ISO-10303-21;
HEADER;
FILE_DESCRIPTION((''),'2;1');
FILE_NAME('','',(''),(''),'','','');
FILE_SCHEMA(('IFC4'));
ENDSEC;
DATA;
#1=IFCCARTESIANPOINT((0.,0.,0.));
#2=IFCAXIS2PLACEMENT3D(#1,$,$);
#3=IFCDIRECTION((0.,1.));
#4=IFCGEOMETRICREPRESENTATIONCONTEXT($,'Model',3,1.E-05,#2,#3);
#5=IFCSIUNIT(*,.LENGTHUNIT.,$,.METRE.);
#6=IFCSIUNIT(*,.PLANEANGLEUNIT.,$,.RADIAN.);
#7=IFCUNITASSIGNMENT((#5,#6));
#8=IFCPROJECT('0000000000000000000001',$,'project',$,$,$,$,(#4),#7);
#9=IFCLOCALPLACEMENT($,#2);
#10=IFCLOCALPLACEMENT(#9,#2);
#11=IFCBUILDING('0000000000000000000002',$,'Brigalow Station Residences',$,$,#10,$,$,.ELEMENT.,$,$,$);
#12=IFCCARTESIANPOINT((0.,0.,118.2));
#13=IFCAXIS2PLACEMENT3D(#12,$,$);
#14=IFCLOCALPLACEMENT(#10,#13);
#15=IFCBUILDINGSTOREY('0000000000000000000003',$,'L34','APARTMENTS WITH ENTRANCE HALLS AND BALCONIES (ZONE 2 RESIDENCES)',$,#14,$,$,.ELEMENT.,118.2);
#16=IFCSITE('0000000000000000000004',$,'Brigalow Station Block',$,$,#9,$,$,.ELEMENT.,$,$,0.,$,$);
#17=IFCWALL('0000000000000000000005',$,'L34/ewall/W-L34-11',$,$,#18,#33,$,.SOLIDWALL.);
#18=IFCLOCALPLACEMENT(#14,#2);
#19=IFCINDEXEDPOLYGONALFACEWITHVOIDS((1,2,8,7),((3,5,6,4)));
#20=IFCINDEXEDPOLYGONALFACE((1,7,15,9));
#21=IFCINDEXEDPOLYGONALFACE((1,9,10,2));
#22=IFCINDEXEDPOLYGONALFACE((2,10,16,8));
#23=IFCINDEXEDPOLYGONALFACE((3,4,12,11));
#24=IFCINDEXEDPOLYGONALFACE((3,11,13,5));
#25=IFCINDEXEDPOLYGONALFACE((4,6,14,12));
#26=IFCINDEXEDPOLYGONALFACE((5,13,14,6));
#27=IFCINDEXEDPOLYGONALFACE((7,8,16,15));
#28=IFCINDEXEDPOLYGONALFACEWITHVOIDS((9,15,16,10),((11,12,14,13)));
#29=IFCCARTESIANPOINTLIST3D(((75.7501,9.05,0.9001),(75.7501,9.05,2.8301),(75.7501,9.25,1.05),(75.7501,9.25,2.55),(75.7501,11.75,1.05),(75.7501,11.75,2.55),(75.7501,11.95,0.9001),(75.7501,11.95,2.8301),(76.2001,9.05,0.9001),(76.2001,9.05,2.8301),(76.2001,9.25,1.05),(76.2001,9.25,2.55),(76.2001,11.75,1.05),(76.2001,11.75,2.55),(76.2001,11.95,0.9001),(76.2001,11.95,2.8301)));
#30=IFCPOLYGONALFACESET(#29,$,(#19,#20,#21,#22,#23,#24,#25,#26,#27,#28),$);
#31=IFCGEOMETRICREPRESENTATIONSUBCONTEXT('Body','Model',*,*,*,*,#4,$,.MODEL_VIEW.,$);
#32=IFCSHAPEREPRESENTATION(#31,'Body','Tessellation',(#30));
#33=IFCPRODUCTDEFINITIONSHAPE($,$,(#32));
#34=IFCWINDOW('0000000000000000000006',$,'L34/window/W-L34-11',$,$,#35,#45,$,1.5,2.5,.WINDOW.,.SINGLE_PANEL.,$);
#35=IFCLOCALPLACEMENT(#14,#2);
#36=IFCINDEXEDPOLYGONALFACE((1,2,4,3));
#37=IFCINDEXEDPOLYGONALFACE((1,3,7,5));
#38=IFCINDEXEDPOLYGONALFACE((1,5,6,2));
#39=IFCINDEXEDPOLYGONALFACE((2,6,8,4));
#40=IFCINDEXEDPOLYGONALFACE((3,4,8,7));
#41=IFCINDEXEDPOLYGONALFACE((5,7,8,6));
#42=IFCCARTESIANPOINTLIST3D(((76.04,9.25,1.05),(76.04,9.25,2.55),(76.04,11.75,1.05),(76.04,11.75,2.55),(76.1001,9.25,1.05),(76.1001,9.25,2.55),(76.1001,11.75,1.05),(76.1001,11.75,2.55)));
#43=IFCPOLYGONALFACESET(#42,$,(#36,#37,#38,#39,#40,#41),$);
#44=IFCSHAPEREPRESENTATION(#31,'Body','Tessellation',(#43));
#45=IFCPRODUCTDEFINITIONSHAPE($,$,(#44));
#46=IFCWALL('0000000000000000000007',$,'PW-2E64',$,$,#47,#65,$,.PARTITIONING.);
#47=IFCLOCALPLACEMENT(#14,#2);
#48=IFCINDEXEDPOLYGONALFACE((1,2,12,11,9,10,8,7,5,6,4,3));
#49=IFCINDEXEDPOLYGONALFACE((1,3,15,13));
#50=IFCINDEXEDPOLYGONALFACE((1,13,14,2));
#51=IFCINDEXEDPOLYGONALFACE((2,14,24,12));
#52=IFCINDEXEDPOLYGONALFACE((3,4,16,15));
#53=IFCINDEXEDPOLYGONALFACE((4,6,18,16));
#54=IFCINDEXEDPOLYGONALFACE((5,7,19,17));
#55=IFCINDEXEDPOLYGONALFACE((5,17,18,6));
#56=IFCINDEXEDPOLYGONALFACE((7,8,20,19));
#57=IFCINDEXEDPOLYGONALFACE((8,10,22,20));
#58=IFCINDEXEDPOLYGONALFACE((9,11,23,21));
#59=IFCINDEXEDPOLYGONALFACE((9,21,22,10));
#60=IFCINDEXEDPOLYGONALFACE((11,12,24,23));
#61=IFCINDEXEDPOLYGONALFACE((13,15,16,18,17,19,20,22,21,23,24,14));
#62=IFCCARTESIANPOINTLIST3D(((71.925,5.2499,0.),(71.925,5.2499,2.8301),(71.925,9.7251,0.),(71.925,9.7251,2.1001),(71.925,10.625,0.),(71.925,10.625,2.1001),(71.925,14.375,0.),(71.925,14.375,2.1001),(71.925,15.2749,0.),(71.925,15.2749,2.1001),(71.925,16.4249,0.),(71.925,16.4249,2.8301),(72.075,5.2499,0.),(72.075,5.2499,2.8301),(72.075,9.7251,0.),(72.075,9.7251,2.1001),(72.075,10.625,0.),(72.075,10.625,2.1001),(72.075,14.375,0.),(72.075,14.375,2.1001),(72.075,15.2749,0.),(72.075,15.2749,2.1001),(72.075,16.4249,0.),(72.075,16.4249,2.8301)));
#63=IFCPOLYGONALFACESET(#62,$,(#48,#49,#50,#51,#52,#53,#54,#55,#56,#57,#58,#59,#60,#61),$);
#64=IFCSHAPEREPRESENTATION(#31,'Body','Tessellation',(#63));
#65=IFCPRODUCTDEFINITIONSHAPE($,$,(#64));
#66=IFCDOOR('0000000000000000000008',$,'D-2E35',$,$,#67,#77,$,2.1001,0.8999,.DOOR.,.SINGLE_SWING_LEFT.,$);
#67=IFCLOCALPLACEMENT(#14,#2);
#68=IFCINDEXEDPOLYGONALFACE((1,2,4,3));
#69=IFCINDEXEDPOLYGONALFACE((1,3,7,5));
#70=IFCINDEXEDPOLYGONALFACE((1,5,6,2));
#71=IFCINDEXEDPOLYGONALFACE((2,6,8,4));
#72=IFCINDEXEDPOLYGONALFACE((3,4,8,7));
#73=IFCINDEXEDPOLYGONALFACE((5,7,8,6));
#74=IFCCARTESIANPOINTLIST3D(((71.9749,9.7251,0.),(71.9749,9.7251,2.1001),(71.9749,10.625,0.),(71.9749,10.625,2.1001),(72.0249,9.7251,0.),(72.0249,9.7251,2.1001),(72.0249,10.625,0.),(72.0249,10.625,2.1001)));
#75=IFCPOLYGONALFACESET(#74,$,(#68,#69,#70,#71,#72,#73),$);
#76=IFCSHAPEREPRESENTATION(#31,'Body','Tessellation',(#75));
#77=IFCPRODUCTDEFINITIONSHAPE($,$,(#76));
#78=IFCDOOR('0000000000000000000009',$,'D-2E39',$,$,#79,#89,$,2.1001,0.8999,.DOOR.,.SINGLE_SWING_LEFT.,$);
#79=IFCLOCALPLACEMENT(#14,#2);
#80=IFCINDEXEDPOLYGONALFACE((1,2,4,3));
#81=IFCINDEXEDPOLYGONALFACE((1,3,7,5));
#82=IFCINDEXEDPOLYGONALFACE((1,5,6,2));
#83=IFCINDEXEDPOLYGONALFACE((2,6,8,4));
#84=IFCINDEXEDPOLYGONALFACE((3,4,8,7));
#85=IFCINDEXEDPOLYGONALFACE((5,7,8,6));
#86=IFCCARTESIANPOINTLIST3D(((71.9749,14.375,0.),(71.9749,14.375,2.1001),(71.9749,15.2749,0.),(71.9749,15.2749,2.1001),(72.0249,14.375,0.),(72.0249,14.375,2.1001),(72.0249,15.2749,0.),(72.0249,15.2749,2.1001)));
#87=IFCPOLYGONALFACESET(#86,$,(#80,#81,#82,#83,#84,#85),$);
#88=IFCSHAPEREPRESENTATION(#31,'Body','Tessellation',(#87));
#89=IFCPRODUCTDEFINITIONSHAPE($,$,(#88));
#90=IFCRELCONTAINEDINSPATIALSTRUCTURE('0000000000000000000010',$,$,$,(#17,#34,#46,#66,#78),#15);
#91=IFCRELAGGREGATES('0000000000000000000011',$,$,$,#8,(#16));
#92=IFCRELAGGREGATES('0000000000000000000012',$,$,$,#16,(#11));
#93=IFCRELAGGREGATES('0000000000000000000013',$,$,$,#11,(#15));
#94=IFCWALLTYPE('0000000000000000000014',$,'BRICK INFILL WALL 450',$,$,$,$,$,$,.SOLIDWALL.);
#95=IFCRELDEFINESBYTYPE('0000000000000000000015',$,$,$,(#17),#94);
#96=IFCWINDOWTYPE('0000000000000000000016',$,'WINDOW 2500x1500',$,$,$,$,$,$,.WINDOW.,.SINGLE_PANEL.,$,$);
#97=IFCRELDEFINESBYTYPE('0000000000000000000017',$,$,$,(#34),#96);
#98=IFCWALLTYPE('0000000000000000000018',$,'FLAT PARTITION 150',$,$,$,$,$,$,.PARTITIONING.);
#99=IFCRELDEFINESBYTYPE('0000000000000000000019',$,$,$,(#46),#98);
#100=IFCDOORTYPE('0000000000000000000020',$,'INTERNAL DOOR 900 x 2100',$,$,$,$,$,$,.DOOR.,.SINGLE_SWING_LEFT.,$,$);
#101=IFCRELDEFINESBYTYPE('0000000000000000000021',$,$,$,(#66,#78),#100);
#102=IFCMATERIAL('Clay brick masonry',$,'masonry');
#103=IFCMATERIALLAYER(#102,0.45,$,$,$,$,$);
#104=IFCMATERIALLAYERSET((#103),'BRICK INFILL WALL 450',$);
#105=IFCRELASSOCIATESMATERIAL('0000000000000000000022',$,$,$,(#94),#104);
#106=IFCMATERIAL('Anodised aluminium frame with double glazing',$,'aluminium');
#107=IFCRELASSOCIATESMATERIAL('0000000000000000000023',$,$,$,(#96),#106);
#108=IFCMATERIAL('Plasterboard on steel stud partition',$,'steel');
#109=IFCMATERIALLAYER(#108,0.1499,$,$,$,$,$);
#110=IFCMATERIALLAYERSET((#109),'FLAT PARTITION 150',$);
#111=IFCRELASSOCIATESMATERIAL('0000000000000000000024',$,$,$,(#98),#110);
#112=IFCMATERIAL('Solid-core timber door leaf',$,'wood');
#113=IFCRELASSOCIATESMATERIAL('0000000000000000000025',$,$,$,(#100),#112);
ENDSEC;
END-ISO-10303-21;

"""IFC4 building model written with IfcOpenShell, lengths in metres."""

from ifc_helpers import new_model, si_unit, direction, frame, frame_2d, origin, place, context, subcontext, project, spatial, rectangle, extrude, material, layer, layer_set, type_object, element, fill, save


model = new_model("IFC4")

# Units and contexts
model_context = context("Model", 3, precision=1e-05, world=origin(), true_north=direction((0.0, 1.0)))
body_context = subcontext(model_context, "Body", "Model", "MODEL_VIEW")
ifc_project = project(units=[si_unit("LENGTHUNIT", "METRE"), si_unit("PLANEANGLEUNIT", "RADIAN")], contexts=[model_context])

# Site, building, storey
site_placement = place(None, origin())
site = spatial("IfcSite", under=ifc_project, at=site_placement, Name="Brigalow Station Block", CompositionType="ELEMENT", RefElevation=0.0)
building_placement = place(site_placement, origin())
building = spatial("IfcBuilding", under=site, at=building_placement, Name="Brigalow Station Residences", CompositionType="ELEMENT")
storey_placement = place(building_placement, frame((0.0, 0.0, 118.2)))
storey = spatial("IfcBuildingStorey", under=building, at=storey_placement, Name="L34", Description="APARTMENTS WITH ENTRANCE HALLS AND BALCONIES (ZONE 2 RESIDENCES)", CompositionType="ELEMENT", Elevation=118.2)

# Wall, opening, window
ifc_material_1 = material(Name="Clay brick masonry", Category="masonry")
ifc_layer_1 = layer(ifc_material_1, 0.45)
ifc_layer_set_1 = layer_set([ifc_layer_1], Name="BRICK INFILL WALL 450")
wall_type_1 = type_object("IfcWallType", Name="BRICK INFILL WALL 450", PredefinedType="SOLIDWALL", material=ifc_layer_set_1)
wall_1_placement = place(storey_placement, frame((75.9751, 9.05, 0.9001), z_axis=(0.0, 0.0, 1.0), x_axis=(0.0, 1.0, 0.0)))
wall_1 = element("IfcWall", 1, at=wall_1_placement, inside=storey, type_object=wall_type_1, Name="L34/ewall/W-L34-11", PredefinedType="SOLIDWALL", context=body_context, shape_type="SweptSolid", body=[
    extrude(rectangle(XDim=2.8999, YDim=0.45, at=frame_2d((1.45, 0.0))), origin(), (0.0, 0.0, 1.0), 1.9299),
])
opening_1_placement = place(wall_1_placement, frame((0.2, 0.0, 0.1499)))
opening_1 = element("IfcOpeningElement", 2, at=opening_1_placement, cuts=wall_1, PredefinedType="OPENING", context=body_context, shape_type="SweptSolid", body=[
    extrude(rectangle(XDim=2.5, YDim=1.5, at=frame_2d((1.25, 0.75))), frame((0.0, 0.2349, 0.0), z_axis=(0.0, -1.0, 0.0), x_axis=(1.0, 0.0, 0.0)), (0.0, 0.0, 1.0), 0.47),
])
ifc_material_2 = material(Name="Anodised aluminium frame with double glazing", Category="aluminium")
window_type_1 = type_object("IfcWindowType", Name="WINDOW 2500x1500", PartitioningType="SINGLE_PANEL", PredefinedType="WINDOW", material=ifc_material_2)
window_1_placement = place(opening_1_placement, origin())
window_1 = element("IfcWindow", 3, at=window_1_placement, inside=storey, type_object=window_type_1, Name="L34/window/W-L34-11", OverallHeight=1.5, OverallWidth=2.5, PartitioningType="SINGLE_PANEL", PredefinedType="WINDOW", context=body_context, shape_type="SweptSolid", body=[
    extrude(rectangle(XDim=2.5, YDim=1.5, at=frame_2d((1.25, 0.75))), frame((0.0, -0.0649, 0.0), z_axis=(0.0, -1.0, 0.0), x_axis=(1.0, 0.0, 0.0)), (0.0, 0.0, 1.0), 0.0601),
])
fill(opening_1, window_1)

# Wall, openings, doors
ifc_material_3 = material(Name="Plasterboard on steel stud partition", Category="steel")
ifc_layer_2 = layer(ifc_material_3, 0.1499)
ifc_layer_set_2 = layer_set([ifc_layer_2], Name="FLAT PARTITION 150")
wall_type_2 = type_object("IfcWallType", Name="FLAT PARTITION 150", PredefinedType="PARTITIONING", material=ifc_layer_set_2)
wall_2_placement = place(storey_placement, frame((72.0, 5.25, 0.0), z_axis=(0.0, 0.0, 1.0), x_axis=(0.0, 1.0, 0.0)))
wall_2 = element("IfcWall", 4, at=wall_2_placement, inside=storey, type_object=wall_type_2, Name="PW-2E64", PredefinedType="PARTITIONING", context=body_context, shape_type="SweptSolid", body=[
    extrude(rectangle(XDim=11.175, YDim=0.1499, at=frame_2d((5.5874, 0.0))), origin(), (0.0, 0.0, 1.0), 2.8301),
])
opening_2_placement = place(wall_2_placement, frame((4.4751, 0.0, 0.0)))
opening_2 = element("IfcOpeningElement", 5, at=opening_2_placement, cuts=wall_2, PredefinedType="OPENING", context=body_context, shape_type="SweptSolid", body=[
    extrude(rectangle(XDim=0.8999, YDim=2.1001, at=frame_2d((0.45, 1.05))), frame((0.0, 0.085, 0.0), z_axis=(0.0, -1.0, 0.0), x_axis=(1.0, 0.0, 0.0)), (0.0, 0.0, 1.0), 0.1699),
])
opening_3_placement = place(wall_2_placement, frame((9.125, 0.0, 0.0)))
opening_3 = element("IfcOpeningElement", 6, at=opening_3_placement, cuts=wall_2, PredefinedType="OPENING", context=body_context, shape_type="SweptSolid", body=[
    extrude(rectangle(XDim=0.8999, YDim=2.1001, at=frame_2d((0.45, 1.05))), frame((0.0, 0.085, 0.0), z_axis=(0.0, -1.0, 0.0), x_axis=(1.0, 0.0, 0.0)), (0.0, 0.0, 1.0), 0.1699),
])
ifc_material_4 = material(Name="Solid-core timber door leaf", Category="wood")
door_type = type_object("IfcDoorType", Name="INTERNAL DOOR 900 x 2100", OperationType="SINGLE_SWING_LEFT", PredefinedType="DOOR", material=ifc_material_4)
door_1_placement = place(opening_2_placement, frame((0.8999, 0.0, 0.0), z_axis=(0.0, 0.0, 1.0), x_axis=(-1.0, 0.0, 0.0)))
door_1 = element("IfcDoor", 7, at=door_1_placement, inside=storey, type_object=door_type, Name="D-2E35", OperationType="SINGLE_SWING_LEFT", OverallHeight=2.1001, OverallWidth=0.8999, PredefinedType="DOOR", context=body_context, shape_type="SweptSolid", body=[
    extrude(rectangle(XDim=0.8999, YDim=2.1001, at=frame_2d((0.45, 1.05))), frame((0.0, 0.0249, 0.0), z_axis=(0.0, -1.0, 0.0), x_axis=(1.0, 0.0, 0.0)), (0.0, 0.0, 1.0), 0.05),
])
fill(opening_2, door_1)
door_2_placement = place(opening_3_placement, frame((0.8999, 0.0, 0.0), z_axis=(0.0, 0.0, 1.0), x_axis=(-1.0, 0.0, 0.0)))
door_2 = element("IfcDoor", 8, at=door_2_placement, inside=storey, type_object=door_type, Name="D-2E39", OperationType="SINGLE_SWING_LEFT", OverallHeight=2.1001, OverallWidth=0.8999, PredefinedType="DOOR", context=body_context, shape_type="SweptSolid", body=[
    extrude(rectangle(XDim=0.8999, YDim=2.1001, at=frame_2d((0.45, 1.05))), frame((0.0, 0.0249, 0.0), z_axis=(0.0, -1.0, 0.0), x_axis=(1.0, 0.0, 0.0)), (0.0, 0.0, 1.0), 0.05),
])
fill(opening_3, door_2)

save(model, "model.ifc")
